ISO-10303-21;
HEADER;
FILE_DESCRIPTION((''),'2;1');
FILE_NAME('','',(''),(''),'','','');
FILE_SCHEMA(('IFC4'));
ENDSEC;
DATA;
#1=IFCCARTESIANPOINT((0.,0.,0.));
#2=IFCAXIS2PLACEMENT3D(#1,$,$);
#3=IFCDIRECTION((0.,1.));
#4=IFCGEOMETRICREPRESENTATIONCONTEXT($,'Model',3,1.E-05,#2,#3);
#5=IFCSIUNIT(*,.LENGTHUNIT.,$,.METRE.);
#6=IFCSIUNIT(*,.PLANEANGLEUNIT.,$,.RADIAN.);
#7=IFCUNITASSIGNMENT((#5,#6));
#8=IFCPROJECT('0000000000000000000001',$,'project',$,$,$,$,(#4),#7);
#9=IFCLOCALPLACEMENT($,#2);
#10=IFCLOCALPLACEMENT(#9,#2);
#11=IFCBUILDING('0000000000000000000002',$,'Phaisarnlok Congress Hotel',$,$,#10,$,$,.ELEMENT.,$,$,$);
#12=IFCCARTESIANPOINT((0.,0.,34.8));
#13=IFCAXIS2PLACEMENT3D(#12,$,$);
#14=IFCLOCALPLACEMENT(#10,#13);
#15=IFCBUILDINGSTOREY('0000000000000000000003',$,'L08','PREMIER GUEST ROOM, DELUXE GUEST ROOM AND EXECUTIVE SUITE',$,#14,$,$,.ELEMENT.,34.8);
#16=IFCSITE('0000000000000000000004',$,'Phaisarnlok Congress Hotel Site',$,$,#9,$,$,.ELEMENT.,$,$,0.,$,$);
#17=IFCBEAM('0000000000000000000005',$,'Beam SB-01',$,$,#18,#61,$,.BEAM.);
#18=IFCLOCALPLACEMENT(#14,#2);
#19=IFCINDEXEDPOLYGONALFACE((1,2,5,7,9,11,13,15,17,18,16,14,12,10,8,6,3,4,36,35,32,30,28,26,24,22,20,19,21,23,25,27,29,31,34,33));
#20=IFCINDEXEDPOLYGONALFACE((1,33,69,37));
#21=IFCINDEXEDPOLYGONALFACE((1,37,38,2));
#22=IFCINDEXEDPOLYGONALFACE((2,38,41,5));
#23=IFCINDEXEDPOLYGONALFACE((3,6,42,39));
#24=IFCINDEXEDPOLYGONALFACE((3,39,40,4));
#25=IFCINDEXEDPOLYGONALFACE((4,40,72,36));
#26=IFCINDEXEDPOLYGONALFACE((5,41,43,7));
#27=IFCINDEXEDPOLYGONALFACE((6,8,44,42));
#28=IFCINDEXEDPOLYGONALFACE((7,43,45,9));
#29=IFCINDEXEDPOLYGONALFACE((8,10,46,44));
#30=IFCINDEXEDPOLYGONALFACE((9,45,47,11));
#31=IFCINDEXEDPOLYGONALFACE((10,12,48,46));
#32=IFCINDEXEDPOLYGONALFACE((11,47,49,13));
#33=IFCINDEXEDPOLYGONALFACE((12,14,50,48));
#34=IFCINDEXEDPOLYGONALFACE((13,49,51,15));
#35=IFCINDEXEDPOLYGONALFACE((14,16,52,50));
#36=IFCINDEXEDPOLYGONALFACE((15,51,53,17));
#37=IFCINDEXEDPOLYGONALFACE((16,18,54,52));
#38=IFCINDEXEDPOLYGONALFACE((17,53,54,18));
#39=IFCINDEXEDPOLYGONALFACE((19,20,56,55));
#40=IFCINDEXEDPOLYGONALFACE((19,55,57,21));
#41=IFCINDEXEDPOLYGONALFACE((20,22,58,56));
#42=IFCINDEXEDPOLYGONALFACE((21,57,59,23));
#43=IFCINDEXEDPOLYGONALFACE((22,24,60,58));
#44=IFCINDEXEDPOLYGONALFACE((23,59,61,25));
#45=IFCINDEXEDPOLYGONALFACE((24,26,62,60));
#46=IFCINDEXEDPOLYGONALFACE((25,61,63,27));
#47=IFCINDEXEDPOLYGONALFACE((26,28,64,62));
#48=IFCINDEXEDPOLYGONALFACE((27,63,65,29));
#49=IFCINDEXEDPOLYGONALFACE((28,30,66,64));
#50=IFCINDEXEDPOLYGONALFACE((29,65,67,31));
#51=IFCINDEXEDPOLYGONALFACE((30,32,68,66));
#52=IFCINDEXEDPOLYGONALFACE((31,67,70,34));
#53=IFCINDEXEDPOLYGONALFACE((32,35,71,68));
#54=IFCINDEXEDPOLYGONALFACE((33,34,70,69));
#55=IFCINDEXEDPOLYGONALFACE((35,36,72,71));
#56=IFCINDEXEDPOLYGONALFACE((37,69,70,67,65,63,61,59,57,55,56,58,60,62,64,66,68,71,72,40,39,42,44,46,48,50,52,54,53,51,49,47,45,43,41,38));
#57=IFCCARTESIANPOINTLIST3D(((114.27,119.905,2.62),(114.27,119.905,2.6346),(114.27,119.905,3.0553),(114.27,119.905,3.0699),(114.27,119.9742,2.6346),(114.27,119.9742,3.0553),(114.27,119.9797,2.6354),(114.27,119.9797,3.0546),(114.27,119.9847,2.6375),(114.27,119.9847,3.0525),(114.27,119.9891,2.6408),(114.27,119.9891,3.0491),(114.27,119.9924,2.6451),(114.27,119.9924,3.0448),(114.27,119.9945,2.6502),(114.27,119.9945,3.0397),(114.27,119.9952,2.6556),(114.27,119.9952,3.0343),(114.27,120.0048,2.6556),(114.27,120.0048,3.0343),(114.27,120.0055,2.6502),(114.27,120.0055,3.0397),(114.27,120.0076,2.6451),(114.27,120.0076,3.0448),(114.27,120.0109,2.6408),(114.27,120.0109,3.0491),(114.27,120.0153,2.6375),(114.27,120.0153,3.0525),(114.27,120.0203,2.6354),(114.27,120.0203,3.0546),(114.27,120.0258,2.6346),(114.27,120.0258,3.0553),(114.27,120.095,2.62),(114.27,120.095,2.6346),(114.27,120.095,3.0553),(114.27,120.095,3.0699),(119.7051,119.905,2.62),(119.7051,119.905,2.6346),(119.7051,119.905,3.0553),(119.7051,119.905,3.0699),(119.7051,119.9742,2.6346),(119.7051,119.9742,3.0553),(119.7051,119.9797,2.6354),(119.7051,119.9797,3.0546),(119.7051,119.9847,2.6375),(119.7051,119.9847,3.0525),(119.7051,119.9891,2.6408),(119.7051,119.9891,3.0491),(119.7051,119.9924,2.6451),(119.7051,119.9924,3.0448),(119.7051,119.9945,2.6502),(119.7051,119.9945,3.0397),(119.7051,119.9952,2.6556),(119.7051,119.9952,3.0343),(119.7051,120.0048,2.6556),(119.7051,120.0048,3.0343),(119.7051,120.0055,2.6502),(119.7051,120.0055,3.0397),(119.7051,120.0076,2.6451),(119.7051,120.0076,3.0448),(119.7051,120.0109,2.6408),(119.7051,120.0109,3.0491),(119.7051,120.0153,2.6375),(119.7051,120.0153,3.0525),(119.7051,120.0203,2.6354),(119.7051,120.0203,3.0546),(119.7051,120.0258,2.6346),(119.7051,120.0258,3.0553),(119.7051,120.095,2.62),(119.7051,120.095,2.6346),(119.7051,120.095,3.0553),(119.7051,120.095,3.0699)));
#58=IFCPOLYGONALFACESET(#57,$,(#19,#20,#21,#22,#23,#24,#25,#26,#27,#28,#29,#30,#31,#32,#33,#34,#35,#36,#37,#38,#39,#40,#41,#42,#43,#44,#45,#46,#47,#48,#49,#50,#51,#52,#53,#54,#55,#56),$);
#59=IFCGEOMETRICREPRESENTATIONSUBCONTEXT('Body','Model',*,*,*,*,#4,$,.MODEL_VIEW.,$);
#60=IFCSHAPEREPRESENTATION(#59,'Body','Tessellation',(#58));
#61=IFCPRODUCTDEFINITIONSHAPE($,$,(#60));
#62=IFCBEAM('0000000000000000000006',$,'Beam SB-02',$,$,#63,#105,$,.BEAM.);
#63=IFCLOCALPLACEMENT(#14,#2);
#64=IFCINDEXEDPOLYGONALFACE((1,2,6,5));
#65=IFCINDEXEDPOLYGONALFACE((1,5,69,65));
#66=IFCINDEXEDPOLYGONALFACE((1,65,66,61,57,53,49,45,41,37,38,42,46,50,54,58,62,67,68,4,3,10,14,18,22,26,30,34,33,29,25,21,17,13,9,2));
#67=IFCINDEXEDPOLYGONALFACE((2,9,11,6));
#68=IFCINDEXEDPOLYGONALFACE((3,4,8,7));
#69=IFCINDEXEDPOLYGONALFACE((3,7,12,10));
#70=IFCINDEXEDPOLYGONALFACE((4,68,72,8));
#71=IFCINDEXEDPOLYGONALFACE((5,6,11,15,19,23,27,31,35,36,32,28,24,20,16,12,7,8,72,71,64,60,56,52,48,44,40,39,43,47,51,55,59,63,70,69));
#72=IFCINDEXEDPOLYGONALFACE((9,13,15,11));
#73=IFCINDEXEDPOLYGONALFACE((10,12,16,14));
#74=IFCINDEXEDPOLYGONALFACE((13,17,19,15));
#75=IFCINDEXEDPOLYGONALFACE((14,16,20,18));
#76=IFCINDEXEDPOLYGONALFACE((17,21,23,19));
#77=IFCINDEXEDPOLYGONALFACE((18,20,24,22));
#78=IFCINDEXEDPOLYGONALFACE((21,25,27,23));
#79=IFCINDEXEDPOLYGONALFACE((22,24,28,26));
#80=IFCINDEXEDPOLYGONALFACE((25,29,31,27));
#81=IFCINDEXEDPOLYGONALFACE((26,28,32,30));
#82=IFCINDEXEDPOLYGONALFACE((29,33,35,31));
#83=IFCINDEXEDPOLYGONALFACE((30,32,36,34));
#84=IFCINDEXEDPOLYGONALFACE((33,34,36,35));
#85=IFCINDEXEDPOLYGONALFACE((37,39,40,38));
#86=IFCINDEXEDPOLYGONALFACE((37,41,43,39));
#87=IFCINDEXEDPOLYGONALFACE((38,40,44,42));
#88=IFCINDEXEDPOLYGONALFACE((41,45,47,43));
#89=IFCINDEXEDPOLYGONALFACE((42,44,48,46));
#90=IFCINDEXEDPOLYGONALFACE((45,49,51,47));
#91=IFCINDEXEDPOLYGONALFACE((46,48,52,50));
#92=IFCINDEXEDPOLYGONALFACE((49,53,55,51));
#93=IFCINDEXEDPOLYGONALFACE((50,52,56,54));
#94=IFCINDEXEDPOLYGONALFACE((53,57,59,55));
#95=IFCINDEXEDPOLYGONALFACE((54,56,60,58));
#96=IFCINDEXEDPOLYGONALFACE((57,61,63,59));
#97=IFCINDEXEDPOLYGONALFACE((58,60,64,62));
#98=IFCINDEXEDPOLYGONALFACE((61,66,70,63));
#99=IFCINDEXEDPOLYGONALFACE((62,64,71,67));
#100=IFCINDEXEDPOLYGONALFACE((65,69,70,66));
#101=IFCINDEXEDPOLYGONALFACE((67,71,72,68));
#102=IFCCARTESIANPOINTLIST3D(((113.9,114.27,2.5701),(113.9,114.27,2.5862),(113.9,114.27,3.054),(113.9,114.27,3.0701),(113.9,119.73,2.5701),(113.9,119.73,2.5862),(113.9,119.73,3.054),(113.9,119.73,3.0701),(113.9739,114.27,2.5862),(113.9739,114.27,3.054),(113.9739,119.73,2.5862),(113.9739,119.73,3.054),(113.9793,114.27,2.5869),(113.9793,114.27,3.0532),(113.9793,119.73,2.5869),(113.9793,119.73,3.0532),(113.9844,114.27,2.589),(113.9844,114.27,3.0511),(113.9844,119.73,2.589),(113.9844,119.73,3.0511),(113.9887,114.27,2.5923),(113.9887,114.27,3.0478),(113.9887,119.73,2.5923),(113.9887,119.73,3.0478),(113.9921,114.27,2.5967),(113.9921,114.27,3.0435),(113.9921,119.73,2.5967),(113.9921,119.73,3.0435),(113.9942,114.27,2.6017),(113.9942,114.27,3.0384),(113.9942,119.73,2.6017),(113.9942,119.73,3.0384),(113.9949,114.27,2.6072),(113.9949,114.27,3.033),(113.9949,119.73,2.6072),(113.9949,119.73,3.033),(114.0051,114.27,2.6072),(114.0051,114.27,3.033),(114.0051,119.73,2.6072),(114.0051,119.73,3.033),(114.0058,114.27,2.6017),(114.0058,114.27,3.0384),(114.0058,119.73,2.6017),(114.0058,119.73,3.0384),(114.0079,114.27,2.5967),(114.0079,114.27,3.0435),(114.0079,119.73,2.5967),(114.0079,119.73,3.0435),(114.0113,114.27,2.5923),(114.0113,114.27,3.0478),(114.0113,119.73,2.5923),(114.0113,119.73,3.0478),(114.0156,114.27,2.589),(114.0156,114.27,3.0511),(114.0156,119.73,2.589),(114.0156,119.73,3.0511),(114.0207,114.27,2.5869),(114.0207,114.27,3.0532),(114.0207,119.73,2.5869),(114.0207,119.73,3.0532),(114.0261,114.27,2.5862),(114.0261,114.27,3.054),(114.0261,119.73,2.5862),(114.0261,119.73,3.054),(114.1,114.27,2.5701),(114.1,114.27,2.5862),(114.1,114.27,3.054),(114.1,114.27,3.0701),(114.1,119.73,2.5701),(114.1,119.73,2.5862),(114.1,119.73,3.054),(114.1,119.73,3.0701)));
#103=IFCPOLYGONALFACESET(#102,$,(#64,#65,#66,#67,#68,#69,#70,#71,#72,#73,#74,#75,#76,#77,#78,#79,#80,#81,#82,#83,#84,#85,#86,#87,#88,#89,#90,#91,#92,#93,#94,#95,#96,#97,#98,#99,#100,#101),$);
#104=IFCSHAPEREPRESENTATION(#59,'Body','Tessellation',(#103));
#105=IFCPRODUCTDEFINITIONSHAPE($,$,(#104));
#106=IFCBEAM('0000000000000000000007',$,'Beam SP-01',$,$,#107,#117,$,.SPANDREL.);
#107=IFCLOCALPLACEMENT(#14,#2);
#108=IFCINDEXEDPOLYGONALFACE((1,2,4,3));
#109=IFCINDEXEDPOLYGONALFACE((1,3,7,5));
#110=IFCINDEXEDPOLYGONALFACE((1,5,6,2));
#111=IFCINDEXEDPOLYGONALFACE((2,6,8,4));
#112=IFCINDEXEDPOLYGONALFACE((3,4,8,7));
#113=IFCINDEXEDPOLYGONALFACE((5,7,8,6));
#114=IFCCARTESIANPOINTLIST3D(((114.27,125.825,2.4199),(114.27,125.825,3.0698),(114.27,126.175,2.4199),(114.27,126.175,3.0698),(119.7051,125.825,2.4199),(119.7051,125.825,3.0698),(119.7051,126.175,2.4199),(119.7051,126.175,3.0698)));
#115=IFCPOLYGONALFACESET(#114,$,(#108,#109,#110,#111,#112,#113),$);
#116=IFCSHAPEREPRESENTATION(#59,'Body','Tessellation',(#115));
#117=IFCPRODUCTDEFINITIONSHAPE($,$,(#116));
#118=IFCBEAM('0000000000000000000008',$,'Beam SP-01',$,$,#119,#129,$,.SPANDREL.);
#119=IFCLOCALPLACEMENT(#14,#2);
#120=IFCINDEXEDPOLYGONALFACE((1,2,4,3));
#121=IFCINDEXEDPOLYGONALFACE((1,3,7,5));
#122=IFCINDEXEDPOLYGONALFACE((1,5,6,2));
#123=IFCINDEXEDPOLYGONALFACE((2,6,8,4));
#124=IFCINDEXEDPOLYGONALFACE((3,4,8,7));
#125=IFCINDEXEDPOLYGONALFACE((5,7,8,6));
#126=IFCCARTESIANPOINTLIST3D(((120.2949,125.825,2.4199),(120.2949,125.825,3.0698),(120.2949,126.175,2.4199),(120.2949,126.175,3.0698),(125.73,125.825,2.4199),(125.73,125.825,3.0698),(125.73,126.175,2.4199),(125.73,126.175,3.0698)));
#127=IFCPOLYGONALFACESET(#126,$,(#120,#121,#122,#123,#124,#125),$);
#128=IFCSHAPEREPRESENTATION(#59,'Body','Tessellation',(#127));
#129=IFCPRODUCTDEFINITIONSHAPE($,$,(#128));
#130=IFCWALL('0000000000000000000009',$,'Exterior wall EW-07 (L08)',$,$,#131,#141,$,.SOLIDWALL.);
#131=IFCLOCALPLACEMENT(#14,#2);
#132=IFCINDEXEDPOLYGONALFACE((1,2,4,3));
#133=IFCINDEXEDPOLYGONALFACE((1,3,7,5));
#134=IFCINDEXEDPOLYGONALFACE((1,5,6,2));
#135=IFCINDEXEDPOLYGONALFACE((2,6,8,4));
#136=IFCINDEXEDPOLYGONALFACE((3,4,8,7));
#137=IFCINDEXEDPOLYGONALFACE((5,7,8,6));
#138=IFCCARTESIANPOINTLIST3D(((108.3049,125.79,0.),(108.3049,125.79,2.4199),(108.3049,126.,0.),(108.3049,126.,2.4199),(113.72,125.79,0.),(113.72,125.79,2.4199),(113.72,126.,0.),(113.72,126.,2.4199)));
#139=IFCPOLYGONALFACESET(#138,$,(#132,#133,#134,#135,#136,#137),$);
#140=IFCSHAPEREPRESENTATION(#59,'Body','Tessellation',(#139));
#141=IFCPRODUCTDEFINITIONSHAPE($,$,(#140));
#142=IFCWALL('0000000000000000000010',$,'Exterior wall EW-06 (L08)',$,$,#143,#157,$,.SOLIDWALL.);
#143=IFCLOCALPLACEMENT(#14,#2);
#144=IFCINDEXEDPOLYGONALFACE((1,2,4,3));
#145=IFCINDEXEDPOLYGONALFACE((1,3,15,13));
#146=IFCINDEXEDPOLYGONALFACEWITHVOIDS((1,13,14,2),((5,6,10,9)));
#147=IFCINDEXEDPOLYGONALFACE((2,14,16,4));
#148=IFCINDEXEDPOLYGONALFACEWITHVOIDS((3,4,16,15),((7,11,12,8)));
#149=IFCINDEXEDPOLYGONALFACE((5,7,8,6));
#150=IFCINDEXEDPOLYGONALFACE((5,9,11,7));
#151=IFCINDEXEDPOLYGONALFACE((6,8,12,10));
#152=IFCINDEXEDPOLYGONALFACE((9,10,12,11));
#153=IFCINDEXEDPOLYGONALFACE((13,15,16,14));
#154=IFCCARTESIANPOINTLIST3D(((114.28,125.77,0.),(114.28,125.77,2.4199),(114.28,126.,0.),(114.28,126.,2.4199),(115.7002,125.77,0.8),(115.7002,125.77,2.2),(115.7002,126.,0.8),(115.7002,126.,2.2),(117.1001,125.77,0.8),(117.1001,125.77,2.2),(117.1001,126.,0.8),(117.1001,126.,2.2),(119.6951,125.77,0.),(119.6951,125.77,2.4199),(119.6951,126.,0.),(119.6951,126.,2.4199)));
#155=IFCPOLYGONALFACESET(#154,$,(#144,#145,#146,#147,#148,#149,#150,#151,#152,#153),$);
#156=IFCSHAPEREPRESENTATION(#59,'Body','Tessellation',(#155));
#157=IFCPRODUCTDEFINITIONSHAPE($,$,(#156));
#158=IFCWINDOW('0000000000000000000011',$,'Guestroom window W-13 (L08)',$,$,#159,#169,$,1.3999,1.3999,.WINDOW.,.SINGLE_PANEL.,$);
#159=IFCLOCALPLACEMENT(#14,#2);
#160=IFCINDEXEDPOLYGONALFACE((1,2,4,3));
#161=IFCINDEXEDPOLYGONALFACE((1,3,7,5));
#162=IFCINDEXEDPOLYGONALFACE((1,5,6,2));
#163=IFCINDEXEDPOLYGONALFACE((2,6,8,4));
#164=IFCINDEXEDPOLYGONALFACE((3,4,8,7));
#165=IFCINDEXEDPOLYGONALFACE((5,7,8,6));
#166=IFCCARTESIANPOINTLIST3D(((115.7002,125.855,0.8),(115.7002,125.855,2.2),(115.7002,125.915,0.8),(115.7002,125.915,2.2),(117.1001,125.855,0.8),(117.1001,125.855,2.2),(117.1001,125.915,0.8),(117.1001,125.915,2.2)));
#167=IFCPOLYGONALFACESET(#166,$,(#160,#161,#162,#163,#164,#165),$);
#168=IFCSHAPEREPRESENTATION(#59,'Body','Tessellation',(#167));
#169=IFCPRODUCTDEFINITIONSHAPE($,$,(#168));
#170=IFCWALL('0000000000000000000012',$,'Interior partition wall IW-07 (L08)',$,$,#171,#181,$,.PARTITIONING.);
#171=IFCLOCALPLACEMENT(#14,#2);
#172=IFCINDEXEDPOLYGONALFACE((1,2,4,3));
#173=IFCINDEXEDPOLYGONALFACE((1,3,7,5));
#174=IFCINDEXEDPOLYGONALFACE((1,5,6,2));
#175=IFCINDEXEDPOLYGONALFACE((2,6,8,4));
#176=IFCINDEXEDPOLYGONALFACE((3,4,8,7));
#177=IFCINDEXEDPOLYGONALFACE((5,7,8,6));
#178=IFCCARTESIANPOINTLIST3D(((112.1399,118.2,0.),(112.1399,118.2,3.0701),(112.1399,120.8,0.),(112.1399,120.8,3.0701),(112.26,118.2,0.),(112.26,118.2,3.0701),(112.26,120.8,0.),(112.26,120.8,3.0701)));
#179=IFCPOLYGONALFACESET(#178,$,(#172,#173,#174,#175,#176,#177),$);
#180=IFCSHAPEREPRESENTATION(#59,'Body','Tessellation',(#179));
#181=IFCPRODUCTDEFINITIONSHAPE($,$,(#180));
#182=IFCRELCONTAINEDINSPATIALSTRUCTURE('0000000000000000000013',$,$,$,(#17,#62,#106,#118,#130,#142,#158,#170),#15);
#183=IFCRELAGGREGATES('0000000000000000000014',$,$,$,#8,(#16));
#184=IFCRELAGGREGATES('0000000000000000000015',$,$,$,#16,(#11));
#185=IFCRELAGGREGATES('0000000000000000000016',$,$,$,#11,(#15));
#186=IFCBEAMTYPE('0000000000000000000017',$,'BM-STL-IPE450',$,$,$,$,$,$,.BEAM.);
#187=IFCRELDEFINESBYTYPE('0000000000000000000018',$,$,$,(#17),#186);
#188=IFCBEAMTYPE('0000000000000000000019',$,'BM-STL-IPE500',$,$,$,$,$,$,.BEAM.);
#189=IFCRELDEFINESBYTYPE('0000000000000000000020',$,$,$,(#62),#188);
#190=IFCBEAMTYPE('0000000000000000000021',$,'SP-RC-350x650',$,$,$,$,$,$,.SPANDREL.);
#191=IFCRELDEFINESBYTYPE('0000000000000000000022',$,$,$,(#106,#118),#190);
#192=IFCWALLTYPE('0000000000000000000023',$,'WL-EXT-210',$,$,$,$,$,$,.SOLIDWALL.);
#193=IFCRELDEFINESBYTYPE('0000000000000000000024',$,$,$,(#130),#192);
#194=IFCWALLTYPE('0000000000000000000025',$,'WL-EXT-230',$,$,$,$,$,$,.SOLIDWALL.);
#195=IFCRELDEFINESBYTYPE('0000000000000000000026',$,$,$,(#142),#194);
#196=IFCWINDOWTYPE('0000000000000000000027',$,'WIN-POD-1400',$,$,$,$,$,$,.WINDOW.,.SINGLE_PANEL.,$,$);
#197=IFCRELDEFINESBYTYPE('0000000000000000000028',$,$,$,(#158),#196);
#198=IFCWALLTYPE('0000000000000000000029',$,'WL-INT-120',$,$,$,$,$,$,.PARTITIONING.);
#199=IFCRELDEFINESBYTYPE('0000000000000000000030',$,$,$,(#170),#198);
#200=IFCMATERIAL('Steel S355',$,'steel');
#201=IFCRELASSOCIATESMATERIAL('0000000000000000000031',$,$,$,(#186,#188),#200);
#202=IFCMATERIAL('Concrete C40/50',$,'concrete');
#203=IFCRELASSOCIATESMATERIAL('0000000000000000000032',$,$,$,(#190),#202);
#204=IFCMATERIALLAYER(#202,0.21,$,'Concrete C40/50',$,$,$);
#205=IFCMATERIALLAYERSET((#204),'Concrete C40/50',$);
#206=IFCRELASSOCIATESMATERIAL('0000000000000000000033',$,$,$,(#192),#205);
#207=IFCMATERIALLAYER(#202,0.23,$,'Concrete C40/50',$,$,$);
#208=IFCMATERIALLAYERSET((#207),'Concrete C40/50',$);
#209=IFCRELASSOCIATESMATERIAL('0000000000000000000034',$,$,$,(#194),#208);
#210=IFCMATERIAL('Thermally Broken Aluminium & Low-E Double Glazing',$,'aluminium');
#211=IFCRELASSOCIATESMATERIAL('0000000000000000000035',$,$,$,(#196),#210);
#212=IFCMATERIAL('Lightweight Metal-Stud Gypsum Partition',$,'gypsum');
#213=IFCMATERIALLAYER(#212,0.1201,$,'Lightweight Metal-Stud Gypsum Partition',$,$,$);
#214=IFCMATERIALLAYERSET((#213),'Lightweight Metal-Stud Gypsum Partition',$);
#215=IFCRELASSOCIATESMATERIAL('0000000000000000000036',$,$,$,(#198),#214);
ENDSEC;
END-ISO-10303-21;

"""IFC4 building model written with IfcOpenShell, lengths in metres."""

from ifc_helpers import new_model, si_unit, direction, frame, frame_2d, origin, origin_2d, place, context, subcontext, project, spatial, rectangle, i_section, extrude, material, layer, layer_set, material_profile, profile_set, type_object, element, fill, save


model = new_model("IFC4")

# Units and contexts
model_context = context("Model", 3, precision=1e-05, world=origin(), true_north=direction((0.0, 1.0)))
body_context = subcontext(model_context, "Body", "Model", "MODEL_VIEW")
ifc_project = project(units=[si_unit("LENGTHUNIT", "METRE"), si_unit("PLANEANGLEUNIT", "RADIAN")], contexts=[model_context])

# Site, building, storey
site_placement = place(None, origin())
site = spatial("IfcSite", under=ifc_project, at=site_placement, Name="Phaisarnlok Congress Hotel Site", CompositionType="ELEMENT", RefElevation=0.0)
building_placement = place(site_placement, origin())
building = spatial("IfcBuilding", under=site, at=building_placement, Name="Phaisarnlok Congress Hotel", CompositionType="ELEMENT")
storey_placement = place(building_placement, frame((0.0, 0.0, 34.8)))
storey = spatial("IfcBuildingStorey", under=building, at=storey_placement, Name="L08", Description="PREMIER GUEST ROOM, DELUXE GUEST ROOM AND EXECUTIVE SUITE", CompositionType="ELEMENT", Elevation=34.8)

# Beams
ifc_material_1 = material(Name="Concrete C40/50", Category="concrete")
ifc_material_2 = material(Name="Steel S355", Category="steel")
ifc_material_profile_1 = material_profile(ifc_material_2, i_section(OverallWidth=0.1899, OverallDepth=0.45, WebThickness=0.0095, FlangeThickness=0.0146, FilletRadius=0.021, at=origin_2d()), Name="IPE 450")
ifc_profile_set_1 = profile_set([ifc_material_profile_1], Name="Steel S355")
beam_type_1 = type_object("IfcBeamType", Name="BM-STL-IPE450", PredefinedType="BEAM", material=ifc_profile_set_1)
beam_1_placement = place(storey_placement, frame((114.27, 120.0, 2.845), z_axis=(1.0, 0.0, 0.0), x_axis=(0.0, 1.0, 0.0)))
element("IfcBeam", 1, at=beam_1_placement, inside=storey, type_object=beam_type_1, Name="Beam SB-01", PredefinedType="BEAM", context=body_context, shape_type="SweptSolid", body=[
    extrude(i_section(OverallWidth=0.1899, OverallDepth=0.45, WebThickness=0.0095, FlangeThickness=0.0146, FilletRadius=0.021, at=origin_2d()), origin(), (0.0, 0.0, 1.0), 5.4351),
])
ifc_material_profile_2 = material_profile(ifc_material_2, i_section(OverallWidth=0.2, OverallDepth=0.5, WebThickness=0.0103, FlangeThickness=0.0161, FilletRadius=0.021, at=origin_2d()), Name="IPE 500")
ifc_profile_set_2 = profile_set([ifc_material_profile_2], Name="Steel S355")
beam_type_2 = type_object("IfcBeamType", Name="BM-STL-IPE500", PredefinedType="BEAM", material=ifc_profile_set_2)
beam_2_placement = place(storey_placement, frame((114.0, 114.27, 2.8201), z_axis=(0.0, 1.0, 0.0), x_axis=(-1.0, 0.0, 0.0)))
element("IfcBeam", 2, at=beam_2_placement, inside=storey, type_object=beam_type_2, Name="Beam SB-02", PredefinedType="BEAM", context=body_context, shape_type="SweptSolid", body=[
    extrude(i_section(OverallWidth=0.2, OverallDepth=0.5, WebThickness=0.0103, FlangeThickness=0.0161, FilletRadius=0.021, at=origin_2d()), origin(), (0.0, 0.0, 1.0), 5.46),
])
ifc_material_profile_3 = material_profile(ifc_material_1, rectangle(XDim=0.3501, YDim=0.6499, at=origin_2d()), Name="RC 350x650")
ifc_profile_set_3 = profile_set([ifc_material_profile_3], Name="Concrete C40/50")
beam_type_3 = type_object("IfcBeamType", Name="SP-RC-350x650", PredefinedType="SPANDREL", material=ifc_profile_set_3)
for number, where, z_axis, x_axis, name in (
    (3, (114.27, 126.0, 2.7449), (1.0, 0.0, 0.0), (0.0, 1.0, 0.0), "Beam SP-01"),
    (4, (120.2949, 126.0, 2.7449), (1.0, 0.0, 0.0), (0.0, 1.0, 0.0), "Beam SP-01"),
):
    element("IfcBeam", number, at=place(storey_placement, frame(where, z_axis=z_axis, x_axis=x_axis)), inside=storey, type_object=beam_type_3, Name=name, PredefinedType="SPANDREL", context=body_context, shape_type="SweptSolid", body=[
        extrude(rectangle(XDim=0.3501, YDim=0.6499, at=origin_2d()), origin(), (0.0, 0.0, 1.0), 5.4351),
    ])

# Wall
ifc_layer_1 = layer(ifc_material_1, 0.21, Name="Concrete C40/50")
ifc_layer_set_1 = layer_set([ifc_layer_1], Name="Concrete C40/50")
wall_type_1 = type_object("IfcWallType", Name="WL-EXT-210", PredefinedType="SOLIDWALL", material=ifc_layer_set_1)
wall_1_placement = place(storey_placement, frame((113.72, 125.895, 0.0), z_axis=(0.0, 0.0, 1.0), x_axis=(-1.0, 0.0, 0.0)))
element("IfcWall", 5, at=wall_1_placement, inside=storey, type_object=wall_type_1, Name="Exterior wall EW-07 (L08)", PredefinedType="SOLIDWALL", context=body_context, shape_type="SweptSolid", body=[
    extrude(rectangle(XDim=5.415, YDim=0.21, at=frame_2d((2.7075, 0.0))), origin(), (0.0, 0.0, 1.0), 2.4199),
])

# Wall, opening, window
ifc_layer_2 = layer(ifc_material_1, 0.23, Name="Concrete C40/50")
ifc_layer_set_2 = layer_set([ifc_layer_2], Name="Concrete C40/50")
wall_type_2 = type_object("IfcWallType", Name="WL-EXT-230", PredefinedType="SOLIDWALL", material=ifc_layer_set_2)
wall_2_placement = place(storey_placement, frame((119.6951, 125.885, 0.0), z_axis=(0.0, 0.0, 1.0), x_axis=(-1.0, 0.0, 0.0)))
wall_2 = element("IfcWall", 6, at=wall_2_placement, inside=storey, type_object=wall_type_2, Name="Exterior wall EW-06 (L08)", PredefinedType="SOLIDWALL", context=body_context, shape_type="SweptSolid", body=[
    extrude(rectangle(XDim=5.415, YDim=0.23, at=frame_2d((2.7075, 0.0))), origin(), (0.0, 0.0, 1.0), 2.4199),
])
opening_1_placement = place(wall_2_placement, frame((2.595, 0.0, 0.8)))
opening_1 = element("IfcOpeningElement", 7, at=opening_1_placement, cuts=wall_2, PredefinedType="OPENING", context=body_context, shape_type="SweptSolid", body=[
    extrude(rectangle(XDim=1.3999, YDim=1.3999, at=frame_2d((0.7, 0.7))), frame((0.0, 0.125, 0.0), z_axis=(0.0, -1.0, 0.0), x_axis=(1.0, 0.0, 0.0)), (0.0, 0.0, 1.0), 0.25),
])
ifc_material_3 = material(Name="Thermally Broken Aluminium & Low-E Double Glazing", Category="aluminium")
window_type = type_object("IfcWindowType", Name="WIN-POD-1400", PartitioningType="SINGLE_PANEL", PredefinedType="WINDOW", material=ifc_material_3)
window_placement = place(opening_1_placement, origin())
window = element("IfcWindow", 8, at=window_placement, inside=storey, type_object=window_type, Name="Guestroom window W-13 (L08)", OverallHeight=1.3999, OverallWidth=1.3999, PartitioningType="SINGLE_PANEL", PredefinedType="WINDOW", context=body_context, shape_type="SweptSolid", body=[
    extrude(rectangle(XDim=1.3999, YDim=1.3999, at=frame_2d((0.7, 0.7))), frame((0.0, 0.03, 0.0), z_axis=(0.0, -1.0, 0.0), x_axis=(1.0, 0.0, 0.0)), (0.0, 0.0, 1.0), 0.0601),
])
fill(opening_1, window)

# Wall
ifc_material_4 = material(Name="Lightweight Metal-Stud Gypsum Partition", Category="gypsum")
ifc_layer_3 = layer(ifc_material_4, 0.1201, Name="Lightweight Metal-Stud Gypsum Partition")
ifc_layer_set_3 = layer_set([ifc_layer_3], Name="Lightweight Metal-Stud Gypsum Partition")
wall_type_3 = type_object("IfcWallType", Name="WL-INT-120", PredefinedType="PARTITIONING", material=ifc_layer_set_3)
wall_3_placement = place(storey_placement, frame((112.2, 118.2, 0.0), z_axis=(0.0, 0.0, 1.0), x_axis=(0.0, 1.0, 0.0)))
element("IfcWall", 9, at=wall_3_placement, inside=storey, type_object=wall_type_3, Name="Interior partition wall IW-07 (L08)", PredefinedType="PARTITIONING", context=body_context, shape_type="SweptSolid", body=[
    extrude(rectangle(XDim=2.6001, YDim=0.1201, at=frame_2d((1.3, 0.0))), origin(), (0.0, 0.0, 1.0), 3.0701),
])

save(model, "model.ifc")
